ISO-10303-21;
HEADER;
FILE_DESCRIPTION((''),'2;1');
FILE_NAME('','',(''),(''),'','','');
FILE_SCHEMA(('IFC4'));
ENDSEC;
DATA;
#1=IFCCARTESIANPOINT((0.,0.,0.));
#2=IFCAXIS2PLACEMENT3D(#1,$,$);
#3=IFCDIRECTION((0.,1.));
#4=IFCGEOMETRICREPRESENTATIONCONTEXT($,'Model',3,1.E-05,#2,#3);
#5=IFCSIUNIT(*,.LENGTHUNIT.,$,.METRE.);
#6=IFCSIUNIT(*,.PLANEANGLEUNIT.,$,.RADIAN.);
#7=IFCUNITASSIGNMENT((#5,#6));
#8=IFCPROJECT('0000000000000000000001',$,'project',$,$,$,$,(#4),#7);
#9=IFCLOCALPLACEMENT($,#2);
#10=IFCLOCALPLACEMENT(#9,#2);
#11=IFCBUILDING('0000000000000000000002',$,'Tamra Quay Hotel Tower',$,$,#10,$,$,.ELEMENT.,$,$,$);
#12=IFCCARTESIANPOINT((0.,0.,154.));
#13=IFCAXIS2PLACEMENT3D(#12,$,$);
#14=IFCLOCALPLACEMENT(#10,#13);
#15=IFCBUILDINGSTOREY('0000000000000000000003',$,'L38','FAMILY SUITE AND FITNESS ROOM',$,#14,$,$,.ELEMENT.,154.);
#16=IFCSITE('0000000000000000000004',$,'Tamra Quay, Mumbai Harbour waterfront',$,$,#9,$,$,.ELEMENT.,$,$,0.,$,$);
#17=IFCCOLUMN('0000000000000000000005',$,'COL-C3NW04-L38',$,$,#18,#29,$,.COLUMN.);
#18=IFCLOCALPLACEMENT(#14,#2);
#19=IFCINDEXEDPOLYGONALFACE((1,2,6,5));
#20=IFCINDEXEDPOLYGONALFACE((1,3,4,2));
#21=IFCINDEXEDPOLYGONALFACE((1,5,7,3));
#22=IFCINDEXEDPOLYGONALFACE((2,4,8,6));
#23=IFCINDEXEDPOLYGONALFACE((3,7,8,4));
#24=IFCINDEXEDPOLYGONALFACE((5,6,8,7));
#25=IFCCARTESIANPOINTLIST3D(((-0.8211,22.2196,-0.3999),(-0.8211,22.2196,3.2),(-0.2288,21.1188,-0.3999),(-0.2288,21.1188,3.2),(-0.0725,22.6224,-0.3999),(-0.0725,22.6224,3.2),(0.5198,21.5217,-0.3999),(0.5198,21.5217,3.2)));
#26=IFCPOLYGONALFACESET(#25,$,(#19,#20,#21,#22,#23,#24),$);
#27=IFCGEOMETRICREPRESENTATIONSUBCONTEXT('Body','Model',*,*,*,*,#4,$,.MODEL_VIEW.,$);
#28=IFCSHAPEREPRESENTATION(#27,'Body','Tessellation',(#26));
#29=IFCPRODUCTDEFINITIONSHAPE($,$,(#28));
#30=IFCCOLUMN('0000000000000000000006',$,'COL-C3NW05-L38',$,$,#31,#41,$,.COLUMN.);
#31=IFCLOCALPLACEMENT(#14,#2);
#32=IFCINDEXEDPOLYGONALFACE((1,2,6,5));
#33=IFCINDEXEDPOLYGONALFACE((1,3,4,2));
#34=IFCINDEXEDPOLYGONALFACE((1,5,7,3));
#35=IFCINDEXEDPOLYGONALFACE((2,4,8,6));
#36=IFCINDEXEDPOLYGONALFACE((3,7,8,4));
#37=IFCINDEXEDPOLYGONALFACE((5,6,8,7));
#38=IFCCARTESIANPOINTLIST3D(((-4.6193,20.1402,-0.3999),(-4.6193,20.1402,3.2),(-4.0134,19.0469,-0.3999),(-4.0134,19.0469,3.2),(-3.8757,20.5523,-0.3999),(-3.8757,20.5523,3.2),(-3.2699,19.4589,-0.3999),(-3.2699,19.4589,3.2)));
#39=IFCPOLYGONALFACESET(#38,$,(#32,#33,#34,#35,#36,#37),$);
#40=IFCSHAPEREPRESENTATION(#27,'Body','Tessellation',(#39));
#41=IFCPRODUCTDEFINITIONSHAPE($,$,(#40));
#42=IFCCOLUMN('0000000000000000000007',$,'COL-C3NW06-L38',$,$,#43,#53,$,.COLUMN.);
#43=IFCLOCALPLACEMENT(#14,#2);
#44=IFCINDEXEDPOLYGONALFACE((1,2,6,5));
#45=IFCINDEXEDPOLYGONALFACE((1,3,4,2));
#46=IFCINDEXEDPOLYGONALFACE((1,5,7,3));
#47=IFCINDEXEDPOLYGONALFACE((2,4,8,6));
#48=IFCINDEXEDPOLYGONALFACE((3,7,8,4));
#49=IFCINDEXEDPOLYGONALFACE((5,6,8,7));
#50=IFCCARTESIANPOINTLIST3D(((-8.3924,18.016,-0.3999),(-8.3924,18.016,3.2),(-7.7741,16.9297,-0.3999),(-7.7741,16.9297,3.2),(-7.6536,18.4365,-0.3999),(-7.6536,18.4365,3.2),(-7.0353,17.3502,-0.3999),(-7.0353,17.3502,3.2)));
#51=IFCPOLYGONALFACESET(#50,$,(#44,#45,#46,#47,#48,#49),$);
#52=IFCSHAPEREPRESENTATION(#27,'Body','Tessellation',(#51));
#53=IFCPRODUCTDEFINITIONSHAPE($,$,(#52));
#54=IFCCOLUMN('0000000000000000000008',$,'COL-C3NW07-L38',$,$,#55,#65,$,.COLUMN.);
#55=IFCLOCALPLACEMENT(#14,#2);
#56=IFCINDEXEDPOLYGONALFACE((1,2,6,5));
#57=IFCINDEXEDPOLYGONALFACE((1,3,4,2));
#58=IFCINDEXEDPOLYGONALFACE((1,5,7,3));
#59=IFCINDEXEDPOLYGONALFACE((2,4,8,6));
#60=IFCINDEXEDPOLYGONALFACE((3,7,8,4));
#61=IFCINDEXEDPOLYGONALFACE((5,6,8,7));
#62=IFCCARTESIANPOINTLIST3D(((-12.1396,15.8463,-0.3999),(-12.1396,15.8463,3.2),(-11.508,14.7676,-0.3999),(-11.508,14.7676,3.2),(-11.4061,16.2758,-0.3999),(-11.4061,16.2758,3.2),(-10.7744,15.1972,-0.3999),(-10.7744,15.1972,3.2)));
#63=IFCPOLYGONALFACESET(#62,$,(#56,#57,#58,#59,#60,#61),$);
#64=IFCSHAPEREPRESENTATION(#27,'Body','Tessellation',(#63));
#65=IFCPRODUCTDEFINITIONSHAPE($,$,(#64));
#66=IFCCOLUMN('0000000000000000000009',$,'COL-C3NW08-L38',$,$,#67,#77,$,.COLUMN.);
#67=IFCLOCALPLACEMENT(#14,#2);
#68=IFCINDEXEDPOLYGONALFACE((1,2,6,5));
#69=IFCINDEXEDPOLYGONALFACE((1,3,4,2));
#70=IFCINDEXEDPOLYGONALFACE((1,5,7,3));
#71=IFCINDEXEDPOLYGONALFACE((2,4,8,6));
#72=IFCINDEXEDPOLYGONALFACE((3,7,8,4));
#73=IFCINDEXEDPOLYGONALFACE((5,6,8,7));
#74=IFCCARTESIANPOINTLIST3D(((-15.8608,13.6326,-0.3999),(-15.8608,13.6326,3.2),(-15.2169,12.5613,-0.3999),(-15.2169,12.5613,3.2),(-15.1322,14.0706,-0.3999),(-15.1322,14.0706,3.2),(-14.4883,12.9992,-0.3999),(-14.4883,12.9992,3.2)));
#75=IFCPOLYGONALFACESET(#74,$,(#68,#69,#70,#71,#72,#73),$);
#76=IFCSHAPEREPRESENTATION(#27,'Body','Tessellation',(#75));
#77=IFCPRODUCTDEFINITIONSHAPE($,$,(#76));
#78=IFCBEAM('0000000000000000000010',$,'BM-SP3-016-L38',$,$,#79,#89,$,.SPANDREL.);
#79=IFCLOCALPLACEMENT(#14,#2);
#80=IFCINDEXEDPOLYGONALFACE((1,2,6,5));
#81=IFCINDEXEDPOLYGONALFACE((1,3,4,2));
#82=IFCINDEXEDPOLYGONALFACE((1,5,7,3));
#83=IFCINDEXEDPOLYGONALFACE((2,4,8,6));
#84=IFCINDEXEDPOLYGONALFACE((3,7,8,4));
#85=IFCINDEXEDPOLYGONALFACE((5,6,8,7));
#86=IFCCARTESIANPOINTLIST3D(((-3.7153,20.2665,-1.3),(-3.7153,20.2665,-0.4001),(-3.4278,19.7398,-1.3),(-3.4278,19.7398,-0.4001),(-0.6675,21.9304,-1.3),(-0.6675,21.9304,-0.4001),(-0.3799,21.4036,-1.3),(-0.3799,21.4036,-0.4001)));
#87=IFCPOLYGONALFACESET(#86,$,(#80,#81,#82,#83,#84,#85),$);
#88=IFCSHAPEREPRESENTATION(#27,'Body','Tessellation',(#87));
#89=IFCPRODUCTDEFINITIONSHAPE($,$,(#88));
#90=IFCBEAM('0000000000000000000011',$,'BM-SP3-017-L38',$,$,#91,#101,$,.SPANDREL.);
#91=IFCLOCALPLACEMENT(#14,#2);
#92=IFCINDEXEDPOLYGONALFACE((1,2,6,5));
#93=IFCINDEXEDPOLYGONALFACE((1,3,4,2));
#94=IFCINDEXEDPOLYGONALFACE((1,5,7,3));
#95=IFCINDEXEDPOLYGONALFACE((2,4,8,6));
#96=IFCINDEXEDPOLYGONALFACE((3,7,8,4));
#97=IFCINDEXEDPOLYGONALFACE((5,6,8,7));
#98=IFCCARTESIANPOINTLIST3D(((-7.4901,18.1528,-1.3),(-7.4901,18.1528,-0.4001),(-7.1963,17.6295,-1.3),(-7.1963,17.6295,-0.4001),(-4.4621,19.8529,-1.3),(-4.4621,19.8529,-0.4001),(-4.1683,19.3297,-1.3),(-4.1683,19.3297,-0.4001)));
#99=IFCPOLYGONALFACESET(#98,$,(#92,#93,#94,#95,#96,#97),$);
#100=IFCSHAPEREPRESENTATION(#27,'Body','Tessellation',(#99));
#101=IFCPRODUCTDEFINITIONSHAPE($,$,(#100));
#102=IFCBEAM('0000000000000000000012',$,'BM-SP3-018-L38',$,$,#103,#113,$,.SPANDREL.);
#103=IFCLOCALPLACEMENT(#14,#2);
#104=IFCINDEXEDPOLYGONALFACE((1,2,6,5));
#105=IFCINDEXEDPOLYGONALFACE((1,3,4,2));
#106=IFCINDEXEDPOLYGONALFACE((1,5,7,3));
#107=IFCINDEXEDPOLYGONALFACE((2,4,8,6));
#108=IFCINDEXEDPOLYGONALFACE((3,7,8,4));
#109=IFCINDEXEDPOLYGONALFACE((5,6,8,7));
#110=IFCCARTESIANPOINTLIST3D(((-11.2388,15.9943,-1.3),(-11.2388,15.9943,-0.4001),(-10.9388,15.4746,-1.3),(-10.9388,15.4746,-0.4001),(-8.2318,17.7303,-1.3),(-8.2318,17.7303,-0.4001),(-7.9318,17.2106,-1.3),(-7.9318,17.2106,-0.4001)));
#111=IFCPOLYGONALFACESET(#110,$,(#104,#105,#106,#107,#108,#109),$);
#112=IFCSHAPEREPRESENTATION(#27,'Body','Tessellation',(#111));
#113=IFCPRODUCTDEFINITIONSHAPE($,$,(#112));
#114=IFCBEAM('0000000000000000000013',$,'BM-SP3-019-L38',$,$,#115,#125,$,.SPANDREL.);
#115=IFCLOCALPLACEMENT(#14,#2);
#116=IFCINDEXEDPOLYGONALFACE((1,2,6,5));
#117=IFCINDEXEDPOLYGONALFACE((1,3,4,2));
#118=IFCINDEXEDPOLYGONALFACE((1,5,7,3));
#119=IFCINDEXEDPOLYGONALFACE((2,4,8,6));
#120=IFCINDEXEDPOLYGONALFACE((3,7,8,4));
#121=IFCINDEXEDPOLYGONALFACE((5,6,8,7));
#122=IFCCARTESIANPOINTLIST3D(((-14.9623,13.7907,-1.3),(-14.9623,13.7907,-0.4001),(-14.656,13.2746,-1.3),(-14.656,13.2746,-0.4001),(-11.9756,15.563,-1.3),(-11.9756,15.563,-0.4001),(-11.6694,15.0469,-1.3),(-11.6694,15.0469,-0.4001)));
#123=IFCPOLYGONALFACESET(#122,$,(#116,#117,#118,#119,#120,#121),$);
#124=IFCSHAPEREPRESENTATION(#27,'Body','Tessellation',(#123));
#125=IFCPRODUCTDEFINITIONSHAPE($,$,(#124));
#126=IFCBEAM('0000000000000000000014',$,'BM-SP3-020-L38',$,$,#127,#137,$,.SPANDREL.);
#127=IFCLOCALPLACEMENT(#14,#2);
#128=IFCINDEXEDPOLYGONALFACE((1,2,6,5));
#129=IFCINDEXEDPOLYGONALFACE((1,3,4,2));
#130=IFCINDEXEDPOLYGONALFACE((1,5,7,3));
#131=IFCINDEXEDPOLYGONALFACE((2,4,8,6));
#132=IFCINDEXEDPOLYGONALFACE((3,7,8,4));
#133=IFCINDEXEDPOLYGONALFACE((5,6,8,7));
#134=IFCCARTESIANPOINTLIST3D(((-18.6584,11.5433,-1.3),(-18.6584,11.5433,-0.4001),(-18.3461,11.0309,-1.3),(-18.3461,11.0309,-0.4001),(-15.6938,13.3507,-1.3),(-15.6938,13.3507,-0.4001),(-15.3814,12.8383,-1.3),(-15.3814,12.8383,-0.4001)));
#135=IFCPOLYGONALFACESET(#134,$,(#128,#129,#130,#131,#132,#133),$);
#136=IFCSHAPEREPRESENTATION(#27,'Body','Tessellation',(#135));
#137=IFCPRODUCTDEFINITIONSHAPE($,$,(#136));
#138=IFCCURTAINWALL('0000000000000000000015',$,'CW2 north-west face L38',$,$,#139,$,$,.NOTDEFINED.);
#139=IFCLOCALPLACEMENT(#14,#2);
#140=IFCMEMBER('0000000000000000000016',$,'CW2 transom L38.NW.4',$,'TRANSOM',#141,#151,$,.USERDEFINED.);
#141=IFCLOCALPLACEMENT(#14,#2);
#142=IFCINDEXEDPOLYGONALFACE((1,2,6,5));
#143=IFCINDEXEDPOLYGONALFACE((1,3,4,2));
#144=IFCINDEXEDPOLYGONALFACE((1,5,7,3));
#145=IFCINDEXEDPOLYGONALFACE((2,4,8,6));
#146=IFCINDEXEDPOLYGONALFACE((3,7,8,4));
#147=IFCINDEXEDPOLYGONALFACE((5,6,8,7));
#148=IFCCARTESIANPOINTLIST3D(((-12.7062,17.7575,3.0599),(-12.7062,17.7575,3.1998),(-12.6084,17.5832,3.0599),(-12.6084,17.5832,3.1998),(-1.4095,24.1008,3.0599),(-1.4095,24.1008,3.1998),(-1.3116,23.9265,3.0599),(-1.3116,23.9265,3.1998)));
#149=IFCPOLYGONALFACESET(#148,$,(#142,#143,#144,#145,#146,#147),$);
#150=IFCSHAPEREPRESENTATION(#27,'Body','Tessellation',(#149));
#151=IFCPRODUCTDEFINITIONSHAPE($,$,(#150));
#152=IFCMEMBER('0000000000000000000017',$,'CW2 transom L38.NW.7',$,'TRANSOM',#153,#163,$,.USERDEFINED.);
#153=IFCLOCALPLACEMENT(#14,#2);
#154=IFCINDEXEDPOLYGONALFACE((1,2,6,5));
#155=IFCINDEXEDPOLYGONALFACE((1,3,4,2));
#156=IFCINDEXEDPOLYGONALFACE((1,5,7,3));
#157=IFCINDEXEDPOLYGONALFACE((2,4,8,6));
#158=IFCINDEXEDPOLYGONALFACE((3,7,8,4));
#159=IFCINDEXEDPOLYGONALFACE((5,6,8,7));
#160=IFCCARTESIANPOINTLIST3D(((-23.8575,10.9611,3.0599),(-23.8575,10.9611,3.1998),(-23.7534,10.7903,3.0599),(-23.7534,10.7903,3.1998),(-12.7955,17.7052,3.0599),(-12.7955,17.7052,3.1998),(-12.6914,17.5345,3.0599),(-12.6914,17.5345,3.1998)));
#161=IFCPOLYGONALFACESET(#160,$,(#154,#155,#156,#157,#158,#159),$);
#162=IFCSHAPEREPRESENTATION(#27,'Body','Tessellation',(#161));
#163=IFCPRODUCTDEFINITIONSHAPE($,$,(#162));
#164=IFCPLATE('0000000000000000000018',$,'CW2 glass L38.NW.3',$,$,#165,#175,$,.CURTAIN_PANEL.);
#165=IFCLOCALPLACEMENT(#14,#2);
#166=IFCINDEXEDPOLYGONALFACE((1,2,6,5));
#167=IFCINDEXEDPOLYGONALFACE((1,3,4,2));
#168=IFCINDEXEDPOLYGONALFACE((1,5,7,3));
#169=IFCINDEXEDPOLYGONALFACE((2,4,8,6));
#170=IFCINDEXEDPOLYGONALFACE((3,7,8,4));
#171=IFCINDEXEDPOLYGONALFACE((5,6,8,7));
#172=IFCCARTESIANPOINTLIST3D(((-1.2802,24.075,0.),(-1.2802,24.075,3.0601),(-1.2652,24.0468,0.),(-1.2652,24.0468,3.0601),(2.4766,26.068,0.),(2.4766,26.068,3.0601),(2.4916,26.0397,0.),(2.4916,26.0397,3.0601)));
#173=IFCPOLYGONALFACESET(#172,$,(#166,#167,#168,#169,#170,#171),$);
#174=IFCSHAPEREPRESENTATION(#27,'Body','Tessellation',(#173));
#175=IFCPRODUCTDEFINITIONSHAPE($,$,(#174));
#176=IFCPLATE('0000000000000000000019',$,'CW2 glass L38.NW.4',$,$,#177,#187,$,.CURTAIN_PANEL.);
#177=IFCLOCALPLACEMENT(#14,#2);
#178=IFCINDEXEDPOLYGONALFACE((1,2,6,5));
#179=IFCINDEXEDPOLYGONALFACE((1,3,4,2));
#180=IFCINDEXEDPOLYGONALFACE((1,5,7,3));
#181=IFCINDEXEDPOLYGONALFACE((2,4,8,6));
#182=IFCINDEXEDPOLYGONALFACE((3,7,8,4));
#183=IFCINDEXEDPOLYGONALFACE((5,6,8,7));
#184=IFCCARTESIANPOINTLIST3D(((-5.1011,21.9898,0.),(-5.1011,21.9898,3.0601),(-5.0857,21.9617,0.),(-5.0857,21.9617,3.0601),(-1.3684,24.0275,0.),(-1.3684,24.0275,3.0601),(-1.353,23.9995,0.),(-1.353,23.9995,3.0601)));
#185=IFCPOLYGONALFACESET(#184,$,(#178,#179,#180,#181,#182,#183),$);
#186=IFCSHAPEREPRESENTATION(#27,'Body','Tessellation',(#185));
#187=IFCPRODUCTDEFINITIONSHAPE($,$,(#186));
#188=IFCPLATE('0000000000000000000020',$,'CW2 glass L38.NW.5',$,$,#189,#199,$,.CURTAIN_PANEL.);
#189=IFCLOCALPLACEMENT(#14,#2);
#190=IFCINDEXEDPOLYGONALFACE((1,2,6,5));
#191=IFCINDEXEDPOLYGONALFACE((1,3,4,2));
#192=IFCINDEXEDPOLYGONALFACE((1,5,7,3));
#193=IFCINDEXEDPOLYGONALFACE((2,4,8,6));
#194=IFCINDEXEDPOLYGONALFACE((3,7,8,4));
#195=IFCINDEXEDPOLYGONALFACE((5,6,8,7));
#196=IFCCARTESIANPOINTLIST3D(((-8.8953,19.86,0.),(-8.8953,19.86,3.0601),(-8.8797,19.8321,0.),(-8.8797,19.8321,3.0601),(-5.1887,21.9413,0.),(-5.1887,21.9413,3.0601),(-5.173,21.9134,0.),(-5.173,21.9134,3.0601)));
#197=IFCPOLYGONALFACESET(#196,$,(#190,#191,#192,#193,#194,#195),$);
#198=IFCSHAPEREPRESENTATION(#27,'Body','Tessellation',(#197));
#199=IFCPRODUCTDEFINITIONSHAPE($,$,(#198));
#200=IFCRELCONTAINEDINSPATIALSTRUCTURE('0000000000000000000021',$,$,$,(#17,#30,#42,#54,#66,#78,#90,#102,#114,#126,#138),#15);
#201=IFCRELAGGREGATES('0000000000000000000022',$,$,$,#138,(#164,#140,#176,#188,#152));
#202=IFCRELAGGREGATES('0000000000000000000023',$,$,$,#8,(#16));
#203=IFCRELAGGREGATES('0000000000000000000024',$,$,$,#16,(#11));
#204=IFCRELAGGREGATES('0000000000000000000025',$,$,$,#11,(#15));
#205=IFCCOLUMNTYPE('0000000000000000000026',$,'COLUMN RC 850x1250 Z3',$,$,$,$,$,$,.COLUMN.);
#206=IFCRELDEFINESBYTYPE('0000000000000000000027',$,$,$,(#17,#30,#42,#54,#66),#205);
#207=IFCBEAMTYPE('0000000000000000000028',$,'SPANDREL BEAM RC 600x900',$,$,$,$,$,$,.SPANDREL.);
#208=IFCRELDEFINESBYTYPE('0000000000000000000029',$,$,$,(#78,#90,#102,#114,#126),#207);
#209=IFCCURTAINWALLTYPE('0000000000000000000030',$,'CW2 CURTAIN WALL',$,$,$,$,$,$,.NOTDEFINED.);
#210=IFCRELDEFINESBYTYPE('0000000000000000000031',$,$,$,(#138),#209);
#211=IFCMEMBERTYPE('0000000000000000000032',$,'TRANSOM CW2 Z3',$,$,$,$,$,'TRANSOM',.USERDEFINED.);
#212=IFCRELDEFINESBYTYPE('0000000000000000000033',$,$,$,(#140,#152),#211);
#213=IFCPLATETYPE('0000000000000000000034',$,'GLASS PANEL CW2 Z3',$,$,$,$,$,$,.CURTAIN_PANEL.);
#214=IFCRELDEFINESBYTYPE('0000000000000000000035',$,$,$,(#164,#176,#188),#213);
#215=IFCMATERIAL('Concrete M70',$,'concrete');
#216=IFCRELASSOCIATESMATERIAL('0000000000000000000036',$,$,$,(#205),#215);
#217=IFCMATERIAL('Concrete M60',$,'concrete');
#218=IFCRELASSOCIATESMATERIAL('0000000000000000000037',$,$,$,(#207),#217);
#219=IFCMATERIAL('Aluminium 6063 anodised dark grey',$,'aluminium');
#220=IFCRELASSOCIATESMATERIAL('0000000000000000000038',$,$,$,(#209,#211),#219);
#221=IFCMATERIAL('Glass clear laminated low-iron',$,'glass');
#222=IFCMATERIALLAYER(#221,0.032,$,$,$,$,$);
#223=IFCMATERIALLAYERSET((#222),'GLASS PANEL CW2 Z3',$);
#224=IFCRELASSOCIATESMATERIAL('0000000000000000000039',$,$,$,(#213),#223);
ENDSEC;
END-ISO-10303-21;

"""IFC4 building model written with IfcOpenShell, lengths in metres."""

from ifc_helpers import new_model, si_unit, direction, frame, origin, origin_2d, place, context, subcontext, project, spatial, rectangle, extrude, material, layer, layer_set, material_profile, profile_set, type_object, element, aggregate, save


model = new_model("IFC4")

# Units and contexts
model_context = context("Model", 3, precision=1e-05, world=origin(), true_north=direction((0.0, 1.0)))
body_context = subcontext(model_context, "Body", "Model", "MODEL_VIEW")
ifc_project = project(units=[si_unit("LENGTHUNIT", "METRE"), si_unit("PLANEANGLEUNIT", "RADIAN")], contexts=[model_context])

# Site, building, storey
site_placement = place(None, origin())
site = spatial("IfcSite", under=ifc_project, at=site_placement, Name="Tamra Quay, Mumbai Harbour waterfront", CompositionType="ELEMENT", RefElevation=0.0)
building_placement = place(site_placement, origin())
building = spatial("IfcBuilding", under=site, at=building_placement, Name="Tamra Quay Hotel Tower", CompositionType="ELEMENT")
storey_placement = place(building_placement, frame((0.0, 0.0, 154.0)))
storey = spatial("IfcBuildingStorey", under=building, at=storey_placement, Name="L38", Description="FAMILY SUITE AND FITNESS ROOM", CompositionType="ELEMENT", Elevation=154.0)

# Columns
ifc_material_1 = material(Name="Concrete M70", Category="concrete")
ifc_material_profile_1 = material_profile(ifc_material_1, rectangle(XDim=1.25, YDim=0.8501, at=origin_2d()), Name="COLUMN RC 850x1250 Z3")
ifc_profile_set_1 = profile_set([ifc_material_profile_1], Name="Concrete M70")
column_type = type_object("IfcColumnType", Name="COLUMN RC 850x1250 Z3", PredefinedType="COLUMN", material=ifc_profile_set_1)
for number, where, z_axis, x_axis, name in (
    (1, (-0.1506, 21.8706, -0.3999), (0.0, 0.0, 1.0), (-0.473876, 0.880592, 0.0), "COL-C3NW04-L38"),
    (2, (-3.9446, 19.7996, -0.3999), (0.0, 0.0, 1.0), (-0.484683, 0.87469, 0.0), "COL-C3NW05-L38"),
    (3, (-7.7139, 17.6831, -0.3999), (0.0, 0.0, 1.0), (-0.494656, 0.869089, 0.0), "COL-C3NW06-L38"),
    (4, (-11.457, 15.5217, -0.3999), (0.0, 0.0, 1.0), (-0.505325, 0.862929, 0.0), "COL-C3NW07-L38"),
    (5, (-15.1746, 13.3159, -0.3999), (0.0, 0.0, 1.0), (-0.515162, 0.857093, 0.0), "COL-C3NW08-L38"),
):
    element("IfcColumn", number, at=place(storey_placement, frame(where, z_axis=z_axis, x_axis=x_axis)), inside=storey, type_object=column_type, Name=name, PredefinedType="COLUMN", context=body_context, shape_type="SweptSolid", body=[
        extrude(rectangle(XDim=1.25, YDim=0.8501, at=origin_2d()), origin(), (0.0, 0.0, 1.0), 3.5999),
    ])

# Beams
ifc_material_2 = material(Name="Concrete M60", Category="concrete")
ifc_material_profile_2 = material_profile(ifc_material_2, rectangle(XDim=0.6001, YDim=0.8999, at=origin_2d()), Name="SPANDREL BEAM RC 600x900")
ifc_profile_set_2 = profile_set([ifc_material_profile_2], Name="Concrete M60")
beam_type = type_object("IfcBeamType", Name="SPANDREL BEAM RC 600x900", PredefinedType="SPANDREL", material=ifc_profile_set_2)
beam_1_placement = place(storey_placement, frame((-0.5237, 21.667, -0.8501), z_axis=(-0.877732, -0.479153, 0.0), x_axis=(0.479153, -0.877732, 0.0)))
element("IfcBeam", 6, at=beam_1_placement, inside=storey, type_object=beam_type, Name="BM-SP3-016-L38", PredefinedType="SPANDREL", context=body_context, shape_type="SweptSolid", body=[
    extrude(rectangle(XDim=0.6001, YDim=0.8999, at=origin_2d()), origin(), (0.0, 0.0, 1.0), 3.4724),
])
beam_2_placement = place(storey_placement, frame((-4.3152, 19.5913, -0.8501), z_axis=(-0.871956, -0.489584, 0.0), x_axis=(0.489584, -0.871956, 0.0)))
element("IfcBeam", 7, at=beam_2_placement, inside=storey, type_object=beam_type, Name="BM-SP3-017-L38", PredefinedType="SPANDREL", context=body_context, shape_type="SweptSolid", body=[
    extrude(rectangle(XDim=0.6001, YDim=0.8999, at=origin_2d()), origin(), (0.0, 0.0, 1.0), 3.4727),
])
beam_3_placement = place(storey_placement, frame((-8.0818, 17.4705, -0.8501), z_axis=(-0.866032, -0.499988, 0.0), x_axis=(0.499988, -0.866032, 0.0)))
element("IfcBeam", 8, at=beam_3_placement, inside=storey, type_object=beam_type, Name="BM-SP3-018-L38", PredefinedType="SPANDREL", context=body_context, shape_type="SweptSolid", body=[
    extrude(rectangle(XDim=0.6001, YDim=0.8999, at=origin_2d()), origin(), (0.0, 0.0, 1.0), 3.4722),
])
beam_4_placement = place(storey_placement, frame((-11.8225, 15.3049, -0.8501), z_axis=(-0.859989, -0.510313, 0.0), x_axis=(0.510313, -0.859989, 0.0)))
element("IfcBeam", 9, at=beam_4_placement, inside=storey, type_object=beam_type, Name="BM-SP3-019-L38", PredefinedType="SPANDREL", context=body_context, shape_type="SweptSolid", body=[
    extrude(rectangle(XDim=0.6001, YDim=0.8999, at=origin_2d()), origin(), (0.0, 0.0, 1.0), 3.4729),
])
beam_5_placement = place(storey_placement, frame((-15.5376, 13.0945, -0.8501), z_axis=(-0.853836, -0.520542, 0.0), x_axis=(0.520542, -0.853836, 0.0)))
element("IfcBeam", 10, at=beam_5_placement, inside=storey, type_object=beam_type, Name="BM-SP3-020-L38", PredefinedType="SPANDREL", context=body_context, shape_type="SweptSolid", body=[
    extrude(rectangle(XDim=0.6001, YDim=0.8999, at=origin_2d()), origin(), (0.0, 0.0, 1.0), 3.4722),
])

# Curtain wall, members, plates
ifc_material_3 = material(Name="Aluminium 6063 anodised dark grey", Category="aluminium")
curtain_wall_type = type_object("IfcCurtainWallType", Name="CW2 CURTAIN WALL", PredefinedType="NOTDEFINED", material=ifc_material_3)
curtain_wall_placement = place(storey_placement, origin())
curtain_wall = element("IfcCurtainWall", 11, at=curtain_wall_placement, inside=storey, type_object=curtain_wall_type, Name="CW2 north-west face L38", PredefinedType="NOTDEFINED")
ifc_material_profile_3 = material_profile(ifc_material_3, rectangle(XDim=0.2, YDim=0.1399, at=origin_2d()), Name="TRANSOM 200X140")
ifc_profile_set_3 = profile_set([ifc_material_profile_3], Name="Aluminium 6063 anodised dark grey")
member_type = type_object("IfcMemberType", Name="TRANSOM CW2 Z3", ElementType="TRANSOM", PredefinedType="USERDEFINED", material=ifc_profile_set_3)
member_1_placement = place(storey_placement, frame((-1.3606, 24.0137, 3.1299), z_axis=(-0.871941, -0.489611, 0.0), x_axis=(0.489611, -0.871941, 0.0)))
member_1 = element("IfcMember", 12, at=member_1_placement, type_object=member_type, Name="CW2 transom L38.NW.4", ObjectType="TRANSOM", PredefinedType="USERDEFINED", context=body_context, shape_type="SweptSolid", body=[
    extrude(rectangle(XDim=0.2, YDim=0.1399, at=origin_2d()), origin(), (0.0, 0.0, 1.0), 12.9558),
])
member_2_placement = place(storey_placement, frame((-12.7434, 17.6199, 3.1299), z_axis=(-0.85383, -0.520552, 0.0), x_axis=(0.520552, -0.85383, 0.0)))
member_2 = element("IfcMember", 13, at=member_2_placement, type_object=member_type, Name="CW2 transom L38.NW.7", ObjectType="TRANSOM", PredefinedType="USERDEFINED", context=body_context, shape_type="SweptSolid", body=[
    extrude(rectangle(XDim=0.2, YDim=0.1399, at=origin_2d()), origin(), (0.0, 0.0, 1.0), 12.9558),
])
ifc_material_4 = material(Name="Glass clear laminated low-iron", Category="glass")
ifc_layer_1 = layer(ifc_material_4, 0.032)
ifc_layer_set_1 = layer_set([ifc_layer_1], Name="GLASS PANEL CW2 Z3")
plate_type = type_object("IfcPlateType", Name="GLASS PANEL CW2 Z3", PredefinedType="CURTAIN_PANEL", material=ifc_layer_set_1)
plate_1_placement = place(storey_placement, frame((0.6057, 25.0574, 0.0), z_axis=(0.0, 0.0, 1.0), x_axis=(-0.883392, -0.468636, 0.0)))
plate_1 = element("IfcPlate", 14, at=plate_1_placement, type_object=plate_type, Name="CW2 glass L38.NW.3", PredefinedType="CURTAIN_PANEL", context=body_context, shape_type="SweptSolid", body=[
    extrude(rectangle(XDim=4.2527, YDim=0.032, at=origin_2d()), origin(), (0.0, 0.0, 1.0), 3.0601),
])
plate_2_placement = place(storey_placement, frame((-3.2271, 22.9946, 0.0), z_axis=(0.0, 0.0, 1.0), x_axis=(-0.877726, -0.479163, 0.0)))
plate_2 = element("IfcPlate", 15, at=plate_2_placement, type_object=plate_type, Name="CW2 glass L38.NW.4", PredefinedType="CURTAIN_PANEL", context=body_context, shape_type="SweptSolid", body=[
    extrude(rectangle(XDim=4.2527, YDim=0.032, at=origin_2d()), origin(), (0.0, 0.0, 1.0), 3.0601),
])
plate_3_placement = place(storey_placement, frame((-7.0342, 20.8867, 0.0), z_axis=(0.0, 0.0, 1.0), x_axis=(-0.871942, -0.489609, 0.0)))
plate_3 = element("IfcPlate", 16, at=plate_3_placement, type_object=plate_type, Name="CW2 glass L38.NW.5", PredefinedType="CURTAIN_PANEL", context=body_context, shape_type="SweptSolid", body=[
    extrude(rectangle(XDim=4.251, YDim=0.032, at=origin_2d()), origin(), (0.0, 0.0, 1.0), 3.0601),
])
aggregate(curtain_wall, [plate_1, member_1, plate_2, plate_3, member_2])

save(model, "model.ifc")
